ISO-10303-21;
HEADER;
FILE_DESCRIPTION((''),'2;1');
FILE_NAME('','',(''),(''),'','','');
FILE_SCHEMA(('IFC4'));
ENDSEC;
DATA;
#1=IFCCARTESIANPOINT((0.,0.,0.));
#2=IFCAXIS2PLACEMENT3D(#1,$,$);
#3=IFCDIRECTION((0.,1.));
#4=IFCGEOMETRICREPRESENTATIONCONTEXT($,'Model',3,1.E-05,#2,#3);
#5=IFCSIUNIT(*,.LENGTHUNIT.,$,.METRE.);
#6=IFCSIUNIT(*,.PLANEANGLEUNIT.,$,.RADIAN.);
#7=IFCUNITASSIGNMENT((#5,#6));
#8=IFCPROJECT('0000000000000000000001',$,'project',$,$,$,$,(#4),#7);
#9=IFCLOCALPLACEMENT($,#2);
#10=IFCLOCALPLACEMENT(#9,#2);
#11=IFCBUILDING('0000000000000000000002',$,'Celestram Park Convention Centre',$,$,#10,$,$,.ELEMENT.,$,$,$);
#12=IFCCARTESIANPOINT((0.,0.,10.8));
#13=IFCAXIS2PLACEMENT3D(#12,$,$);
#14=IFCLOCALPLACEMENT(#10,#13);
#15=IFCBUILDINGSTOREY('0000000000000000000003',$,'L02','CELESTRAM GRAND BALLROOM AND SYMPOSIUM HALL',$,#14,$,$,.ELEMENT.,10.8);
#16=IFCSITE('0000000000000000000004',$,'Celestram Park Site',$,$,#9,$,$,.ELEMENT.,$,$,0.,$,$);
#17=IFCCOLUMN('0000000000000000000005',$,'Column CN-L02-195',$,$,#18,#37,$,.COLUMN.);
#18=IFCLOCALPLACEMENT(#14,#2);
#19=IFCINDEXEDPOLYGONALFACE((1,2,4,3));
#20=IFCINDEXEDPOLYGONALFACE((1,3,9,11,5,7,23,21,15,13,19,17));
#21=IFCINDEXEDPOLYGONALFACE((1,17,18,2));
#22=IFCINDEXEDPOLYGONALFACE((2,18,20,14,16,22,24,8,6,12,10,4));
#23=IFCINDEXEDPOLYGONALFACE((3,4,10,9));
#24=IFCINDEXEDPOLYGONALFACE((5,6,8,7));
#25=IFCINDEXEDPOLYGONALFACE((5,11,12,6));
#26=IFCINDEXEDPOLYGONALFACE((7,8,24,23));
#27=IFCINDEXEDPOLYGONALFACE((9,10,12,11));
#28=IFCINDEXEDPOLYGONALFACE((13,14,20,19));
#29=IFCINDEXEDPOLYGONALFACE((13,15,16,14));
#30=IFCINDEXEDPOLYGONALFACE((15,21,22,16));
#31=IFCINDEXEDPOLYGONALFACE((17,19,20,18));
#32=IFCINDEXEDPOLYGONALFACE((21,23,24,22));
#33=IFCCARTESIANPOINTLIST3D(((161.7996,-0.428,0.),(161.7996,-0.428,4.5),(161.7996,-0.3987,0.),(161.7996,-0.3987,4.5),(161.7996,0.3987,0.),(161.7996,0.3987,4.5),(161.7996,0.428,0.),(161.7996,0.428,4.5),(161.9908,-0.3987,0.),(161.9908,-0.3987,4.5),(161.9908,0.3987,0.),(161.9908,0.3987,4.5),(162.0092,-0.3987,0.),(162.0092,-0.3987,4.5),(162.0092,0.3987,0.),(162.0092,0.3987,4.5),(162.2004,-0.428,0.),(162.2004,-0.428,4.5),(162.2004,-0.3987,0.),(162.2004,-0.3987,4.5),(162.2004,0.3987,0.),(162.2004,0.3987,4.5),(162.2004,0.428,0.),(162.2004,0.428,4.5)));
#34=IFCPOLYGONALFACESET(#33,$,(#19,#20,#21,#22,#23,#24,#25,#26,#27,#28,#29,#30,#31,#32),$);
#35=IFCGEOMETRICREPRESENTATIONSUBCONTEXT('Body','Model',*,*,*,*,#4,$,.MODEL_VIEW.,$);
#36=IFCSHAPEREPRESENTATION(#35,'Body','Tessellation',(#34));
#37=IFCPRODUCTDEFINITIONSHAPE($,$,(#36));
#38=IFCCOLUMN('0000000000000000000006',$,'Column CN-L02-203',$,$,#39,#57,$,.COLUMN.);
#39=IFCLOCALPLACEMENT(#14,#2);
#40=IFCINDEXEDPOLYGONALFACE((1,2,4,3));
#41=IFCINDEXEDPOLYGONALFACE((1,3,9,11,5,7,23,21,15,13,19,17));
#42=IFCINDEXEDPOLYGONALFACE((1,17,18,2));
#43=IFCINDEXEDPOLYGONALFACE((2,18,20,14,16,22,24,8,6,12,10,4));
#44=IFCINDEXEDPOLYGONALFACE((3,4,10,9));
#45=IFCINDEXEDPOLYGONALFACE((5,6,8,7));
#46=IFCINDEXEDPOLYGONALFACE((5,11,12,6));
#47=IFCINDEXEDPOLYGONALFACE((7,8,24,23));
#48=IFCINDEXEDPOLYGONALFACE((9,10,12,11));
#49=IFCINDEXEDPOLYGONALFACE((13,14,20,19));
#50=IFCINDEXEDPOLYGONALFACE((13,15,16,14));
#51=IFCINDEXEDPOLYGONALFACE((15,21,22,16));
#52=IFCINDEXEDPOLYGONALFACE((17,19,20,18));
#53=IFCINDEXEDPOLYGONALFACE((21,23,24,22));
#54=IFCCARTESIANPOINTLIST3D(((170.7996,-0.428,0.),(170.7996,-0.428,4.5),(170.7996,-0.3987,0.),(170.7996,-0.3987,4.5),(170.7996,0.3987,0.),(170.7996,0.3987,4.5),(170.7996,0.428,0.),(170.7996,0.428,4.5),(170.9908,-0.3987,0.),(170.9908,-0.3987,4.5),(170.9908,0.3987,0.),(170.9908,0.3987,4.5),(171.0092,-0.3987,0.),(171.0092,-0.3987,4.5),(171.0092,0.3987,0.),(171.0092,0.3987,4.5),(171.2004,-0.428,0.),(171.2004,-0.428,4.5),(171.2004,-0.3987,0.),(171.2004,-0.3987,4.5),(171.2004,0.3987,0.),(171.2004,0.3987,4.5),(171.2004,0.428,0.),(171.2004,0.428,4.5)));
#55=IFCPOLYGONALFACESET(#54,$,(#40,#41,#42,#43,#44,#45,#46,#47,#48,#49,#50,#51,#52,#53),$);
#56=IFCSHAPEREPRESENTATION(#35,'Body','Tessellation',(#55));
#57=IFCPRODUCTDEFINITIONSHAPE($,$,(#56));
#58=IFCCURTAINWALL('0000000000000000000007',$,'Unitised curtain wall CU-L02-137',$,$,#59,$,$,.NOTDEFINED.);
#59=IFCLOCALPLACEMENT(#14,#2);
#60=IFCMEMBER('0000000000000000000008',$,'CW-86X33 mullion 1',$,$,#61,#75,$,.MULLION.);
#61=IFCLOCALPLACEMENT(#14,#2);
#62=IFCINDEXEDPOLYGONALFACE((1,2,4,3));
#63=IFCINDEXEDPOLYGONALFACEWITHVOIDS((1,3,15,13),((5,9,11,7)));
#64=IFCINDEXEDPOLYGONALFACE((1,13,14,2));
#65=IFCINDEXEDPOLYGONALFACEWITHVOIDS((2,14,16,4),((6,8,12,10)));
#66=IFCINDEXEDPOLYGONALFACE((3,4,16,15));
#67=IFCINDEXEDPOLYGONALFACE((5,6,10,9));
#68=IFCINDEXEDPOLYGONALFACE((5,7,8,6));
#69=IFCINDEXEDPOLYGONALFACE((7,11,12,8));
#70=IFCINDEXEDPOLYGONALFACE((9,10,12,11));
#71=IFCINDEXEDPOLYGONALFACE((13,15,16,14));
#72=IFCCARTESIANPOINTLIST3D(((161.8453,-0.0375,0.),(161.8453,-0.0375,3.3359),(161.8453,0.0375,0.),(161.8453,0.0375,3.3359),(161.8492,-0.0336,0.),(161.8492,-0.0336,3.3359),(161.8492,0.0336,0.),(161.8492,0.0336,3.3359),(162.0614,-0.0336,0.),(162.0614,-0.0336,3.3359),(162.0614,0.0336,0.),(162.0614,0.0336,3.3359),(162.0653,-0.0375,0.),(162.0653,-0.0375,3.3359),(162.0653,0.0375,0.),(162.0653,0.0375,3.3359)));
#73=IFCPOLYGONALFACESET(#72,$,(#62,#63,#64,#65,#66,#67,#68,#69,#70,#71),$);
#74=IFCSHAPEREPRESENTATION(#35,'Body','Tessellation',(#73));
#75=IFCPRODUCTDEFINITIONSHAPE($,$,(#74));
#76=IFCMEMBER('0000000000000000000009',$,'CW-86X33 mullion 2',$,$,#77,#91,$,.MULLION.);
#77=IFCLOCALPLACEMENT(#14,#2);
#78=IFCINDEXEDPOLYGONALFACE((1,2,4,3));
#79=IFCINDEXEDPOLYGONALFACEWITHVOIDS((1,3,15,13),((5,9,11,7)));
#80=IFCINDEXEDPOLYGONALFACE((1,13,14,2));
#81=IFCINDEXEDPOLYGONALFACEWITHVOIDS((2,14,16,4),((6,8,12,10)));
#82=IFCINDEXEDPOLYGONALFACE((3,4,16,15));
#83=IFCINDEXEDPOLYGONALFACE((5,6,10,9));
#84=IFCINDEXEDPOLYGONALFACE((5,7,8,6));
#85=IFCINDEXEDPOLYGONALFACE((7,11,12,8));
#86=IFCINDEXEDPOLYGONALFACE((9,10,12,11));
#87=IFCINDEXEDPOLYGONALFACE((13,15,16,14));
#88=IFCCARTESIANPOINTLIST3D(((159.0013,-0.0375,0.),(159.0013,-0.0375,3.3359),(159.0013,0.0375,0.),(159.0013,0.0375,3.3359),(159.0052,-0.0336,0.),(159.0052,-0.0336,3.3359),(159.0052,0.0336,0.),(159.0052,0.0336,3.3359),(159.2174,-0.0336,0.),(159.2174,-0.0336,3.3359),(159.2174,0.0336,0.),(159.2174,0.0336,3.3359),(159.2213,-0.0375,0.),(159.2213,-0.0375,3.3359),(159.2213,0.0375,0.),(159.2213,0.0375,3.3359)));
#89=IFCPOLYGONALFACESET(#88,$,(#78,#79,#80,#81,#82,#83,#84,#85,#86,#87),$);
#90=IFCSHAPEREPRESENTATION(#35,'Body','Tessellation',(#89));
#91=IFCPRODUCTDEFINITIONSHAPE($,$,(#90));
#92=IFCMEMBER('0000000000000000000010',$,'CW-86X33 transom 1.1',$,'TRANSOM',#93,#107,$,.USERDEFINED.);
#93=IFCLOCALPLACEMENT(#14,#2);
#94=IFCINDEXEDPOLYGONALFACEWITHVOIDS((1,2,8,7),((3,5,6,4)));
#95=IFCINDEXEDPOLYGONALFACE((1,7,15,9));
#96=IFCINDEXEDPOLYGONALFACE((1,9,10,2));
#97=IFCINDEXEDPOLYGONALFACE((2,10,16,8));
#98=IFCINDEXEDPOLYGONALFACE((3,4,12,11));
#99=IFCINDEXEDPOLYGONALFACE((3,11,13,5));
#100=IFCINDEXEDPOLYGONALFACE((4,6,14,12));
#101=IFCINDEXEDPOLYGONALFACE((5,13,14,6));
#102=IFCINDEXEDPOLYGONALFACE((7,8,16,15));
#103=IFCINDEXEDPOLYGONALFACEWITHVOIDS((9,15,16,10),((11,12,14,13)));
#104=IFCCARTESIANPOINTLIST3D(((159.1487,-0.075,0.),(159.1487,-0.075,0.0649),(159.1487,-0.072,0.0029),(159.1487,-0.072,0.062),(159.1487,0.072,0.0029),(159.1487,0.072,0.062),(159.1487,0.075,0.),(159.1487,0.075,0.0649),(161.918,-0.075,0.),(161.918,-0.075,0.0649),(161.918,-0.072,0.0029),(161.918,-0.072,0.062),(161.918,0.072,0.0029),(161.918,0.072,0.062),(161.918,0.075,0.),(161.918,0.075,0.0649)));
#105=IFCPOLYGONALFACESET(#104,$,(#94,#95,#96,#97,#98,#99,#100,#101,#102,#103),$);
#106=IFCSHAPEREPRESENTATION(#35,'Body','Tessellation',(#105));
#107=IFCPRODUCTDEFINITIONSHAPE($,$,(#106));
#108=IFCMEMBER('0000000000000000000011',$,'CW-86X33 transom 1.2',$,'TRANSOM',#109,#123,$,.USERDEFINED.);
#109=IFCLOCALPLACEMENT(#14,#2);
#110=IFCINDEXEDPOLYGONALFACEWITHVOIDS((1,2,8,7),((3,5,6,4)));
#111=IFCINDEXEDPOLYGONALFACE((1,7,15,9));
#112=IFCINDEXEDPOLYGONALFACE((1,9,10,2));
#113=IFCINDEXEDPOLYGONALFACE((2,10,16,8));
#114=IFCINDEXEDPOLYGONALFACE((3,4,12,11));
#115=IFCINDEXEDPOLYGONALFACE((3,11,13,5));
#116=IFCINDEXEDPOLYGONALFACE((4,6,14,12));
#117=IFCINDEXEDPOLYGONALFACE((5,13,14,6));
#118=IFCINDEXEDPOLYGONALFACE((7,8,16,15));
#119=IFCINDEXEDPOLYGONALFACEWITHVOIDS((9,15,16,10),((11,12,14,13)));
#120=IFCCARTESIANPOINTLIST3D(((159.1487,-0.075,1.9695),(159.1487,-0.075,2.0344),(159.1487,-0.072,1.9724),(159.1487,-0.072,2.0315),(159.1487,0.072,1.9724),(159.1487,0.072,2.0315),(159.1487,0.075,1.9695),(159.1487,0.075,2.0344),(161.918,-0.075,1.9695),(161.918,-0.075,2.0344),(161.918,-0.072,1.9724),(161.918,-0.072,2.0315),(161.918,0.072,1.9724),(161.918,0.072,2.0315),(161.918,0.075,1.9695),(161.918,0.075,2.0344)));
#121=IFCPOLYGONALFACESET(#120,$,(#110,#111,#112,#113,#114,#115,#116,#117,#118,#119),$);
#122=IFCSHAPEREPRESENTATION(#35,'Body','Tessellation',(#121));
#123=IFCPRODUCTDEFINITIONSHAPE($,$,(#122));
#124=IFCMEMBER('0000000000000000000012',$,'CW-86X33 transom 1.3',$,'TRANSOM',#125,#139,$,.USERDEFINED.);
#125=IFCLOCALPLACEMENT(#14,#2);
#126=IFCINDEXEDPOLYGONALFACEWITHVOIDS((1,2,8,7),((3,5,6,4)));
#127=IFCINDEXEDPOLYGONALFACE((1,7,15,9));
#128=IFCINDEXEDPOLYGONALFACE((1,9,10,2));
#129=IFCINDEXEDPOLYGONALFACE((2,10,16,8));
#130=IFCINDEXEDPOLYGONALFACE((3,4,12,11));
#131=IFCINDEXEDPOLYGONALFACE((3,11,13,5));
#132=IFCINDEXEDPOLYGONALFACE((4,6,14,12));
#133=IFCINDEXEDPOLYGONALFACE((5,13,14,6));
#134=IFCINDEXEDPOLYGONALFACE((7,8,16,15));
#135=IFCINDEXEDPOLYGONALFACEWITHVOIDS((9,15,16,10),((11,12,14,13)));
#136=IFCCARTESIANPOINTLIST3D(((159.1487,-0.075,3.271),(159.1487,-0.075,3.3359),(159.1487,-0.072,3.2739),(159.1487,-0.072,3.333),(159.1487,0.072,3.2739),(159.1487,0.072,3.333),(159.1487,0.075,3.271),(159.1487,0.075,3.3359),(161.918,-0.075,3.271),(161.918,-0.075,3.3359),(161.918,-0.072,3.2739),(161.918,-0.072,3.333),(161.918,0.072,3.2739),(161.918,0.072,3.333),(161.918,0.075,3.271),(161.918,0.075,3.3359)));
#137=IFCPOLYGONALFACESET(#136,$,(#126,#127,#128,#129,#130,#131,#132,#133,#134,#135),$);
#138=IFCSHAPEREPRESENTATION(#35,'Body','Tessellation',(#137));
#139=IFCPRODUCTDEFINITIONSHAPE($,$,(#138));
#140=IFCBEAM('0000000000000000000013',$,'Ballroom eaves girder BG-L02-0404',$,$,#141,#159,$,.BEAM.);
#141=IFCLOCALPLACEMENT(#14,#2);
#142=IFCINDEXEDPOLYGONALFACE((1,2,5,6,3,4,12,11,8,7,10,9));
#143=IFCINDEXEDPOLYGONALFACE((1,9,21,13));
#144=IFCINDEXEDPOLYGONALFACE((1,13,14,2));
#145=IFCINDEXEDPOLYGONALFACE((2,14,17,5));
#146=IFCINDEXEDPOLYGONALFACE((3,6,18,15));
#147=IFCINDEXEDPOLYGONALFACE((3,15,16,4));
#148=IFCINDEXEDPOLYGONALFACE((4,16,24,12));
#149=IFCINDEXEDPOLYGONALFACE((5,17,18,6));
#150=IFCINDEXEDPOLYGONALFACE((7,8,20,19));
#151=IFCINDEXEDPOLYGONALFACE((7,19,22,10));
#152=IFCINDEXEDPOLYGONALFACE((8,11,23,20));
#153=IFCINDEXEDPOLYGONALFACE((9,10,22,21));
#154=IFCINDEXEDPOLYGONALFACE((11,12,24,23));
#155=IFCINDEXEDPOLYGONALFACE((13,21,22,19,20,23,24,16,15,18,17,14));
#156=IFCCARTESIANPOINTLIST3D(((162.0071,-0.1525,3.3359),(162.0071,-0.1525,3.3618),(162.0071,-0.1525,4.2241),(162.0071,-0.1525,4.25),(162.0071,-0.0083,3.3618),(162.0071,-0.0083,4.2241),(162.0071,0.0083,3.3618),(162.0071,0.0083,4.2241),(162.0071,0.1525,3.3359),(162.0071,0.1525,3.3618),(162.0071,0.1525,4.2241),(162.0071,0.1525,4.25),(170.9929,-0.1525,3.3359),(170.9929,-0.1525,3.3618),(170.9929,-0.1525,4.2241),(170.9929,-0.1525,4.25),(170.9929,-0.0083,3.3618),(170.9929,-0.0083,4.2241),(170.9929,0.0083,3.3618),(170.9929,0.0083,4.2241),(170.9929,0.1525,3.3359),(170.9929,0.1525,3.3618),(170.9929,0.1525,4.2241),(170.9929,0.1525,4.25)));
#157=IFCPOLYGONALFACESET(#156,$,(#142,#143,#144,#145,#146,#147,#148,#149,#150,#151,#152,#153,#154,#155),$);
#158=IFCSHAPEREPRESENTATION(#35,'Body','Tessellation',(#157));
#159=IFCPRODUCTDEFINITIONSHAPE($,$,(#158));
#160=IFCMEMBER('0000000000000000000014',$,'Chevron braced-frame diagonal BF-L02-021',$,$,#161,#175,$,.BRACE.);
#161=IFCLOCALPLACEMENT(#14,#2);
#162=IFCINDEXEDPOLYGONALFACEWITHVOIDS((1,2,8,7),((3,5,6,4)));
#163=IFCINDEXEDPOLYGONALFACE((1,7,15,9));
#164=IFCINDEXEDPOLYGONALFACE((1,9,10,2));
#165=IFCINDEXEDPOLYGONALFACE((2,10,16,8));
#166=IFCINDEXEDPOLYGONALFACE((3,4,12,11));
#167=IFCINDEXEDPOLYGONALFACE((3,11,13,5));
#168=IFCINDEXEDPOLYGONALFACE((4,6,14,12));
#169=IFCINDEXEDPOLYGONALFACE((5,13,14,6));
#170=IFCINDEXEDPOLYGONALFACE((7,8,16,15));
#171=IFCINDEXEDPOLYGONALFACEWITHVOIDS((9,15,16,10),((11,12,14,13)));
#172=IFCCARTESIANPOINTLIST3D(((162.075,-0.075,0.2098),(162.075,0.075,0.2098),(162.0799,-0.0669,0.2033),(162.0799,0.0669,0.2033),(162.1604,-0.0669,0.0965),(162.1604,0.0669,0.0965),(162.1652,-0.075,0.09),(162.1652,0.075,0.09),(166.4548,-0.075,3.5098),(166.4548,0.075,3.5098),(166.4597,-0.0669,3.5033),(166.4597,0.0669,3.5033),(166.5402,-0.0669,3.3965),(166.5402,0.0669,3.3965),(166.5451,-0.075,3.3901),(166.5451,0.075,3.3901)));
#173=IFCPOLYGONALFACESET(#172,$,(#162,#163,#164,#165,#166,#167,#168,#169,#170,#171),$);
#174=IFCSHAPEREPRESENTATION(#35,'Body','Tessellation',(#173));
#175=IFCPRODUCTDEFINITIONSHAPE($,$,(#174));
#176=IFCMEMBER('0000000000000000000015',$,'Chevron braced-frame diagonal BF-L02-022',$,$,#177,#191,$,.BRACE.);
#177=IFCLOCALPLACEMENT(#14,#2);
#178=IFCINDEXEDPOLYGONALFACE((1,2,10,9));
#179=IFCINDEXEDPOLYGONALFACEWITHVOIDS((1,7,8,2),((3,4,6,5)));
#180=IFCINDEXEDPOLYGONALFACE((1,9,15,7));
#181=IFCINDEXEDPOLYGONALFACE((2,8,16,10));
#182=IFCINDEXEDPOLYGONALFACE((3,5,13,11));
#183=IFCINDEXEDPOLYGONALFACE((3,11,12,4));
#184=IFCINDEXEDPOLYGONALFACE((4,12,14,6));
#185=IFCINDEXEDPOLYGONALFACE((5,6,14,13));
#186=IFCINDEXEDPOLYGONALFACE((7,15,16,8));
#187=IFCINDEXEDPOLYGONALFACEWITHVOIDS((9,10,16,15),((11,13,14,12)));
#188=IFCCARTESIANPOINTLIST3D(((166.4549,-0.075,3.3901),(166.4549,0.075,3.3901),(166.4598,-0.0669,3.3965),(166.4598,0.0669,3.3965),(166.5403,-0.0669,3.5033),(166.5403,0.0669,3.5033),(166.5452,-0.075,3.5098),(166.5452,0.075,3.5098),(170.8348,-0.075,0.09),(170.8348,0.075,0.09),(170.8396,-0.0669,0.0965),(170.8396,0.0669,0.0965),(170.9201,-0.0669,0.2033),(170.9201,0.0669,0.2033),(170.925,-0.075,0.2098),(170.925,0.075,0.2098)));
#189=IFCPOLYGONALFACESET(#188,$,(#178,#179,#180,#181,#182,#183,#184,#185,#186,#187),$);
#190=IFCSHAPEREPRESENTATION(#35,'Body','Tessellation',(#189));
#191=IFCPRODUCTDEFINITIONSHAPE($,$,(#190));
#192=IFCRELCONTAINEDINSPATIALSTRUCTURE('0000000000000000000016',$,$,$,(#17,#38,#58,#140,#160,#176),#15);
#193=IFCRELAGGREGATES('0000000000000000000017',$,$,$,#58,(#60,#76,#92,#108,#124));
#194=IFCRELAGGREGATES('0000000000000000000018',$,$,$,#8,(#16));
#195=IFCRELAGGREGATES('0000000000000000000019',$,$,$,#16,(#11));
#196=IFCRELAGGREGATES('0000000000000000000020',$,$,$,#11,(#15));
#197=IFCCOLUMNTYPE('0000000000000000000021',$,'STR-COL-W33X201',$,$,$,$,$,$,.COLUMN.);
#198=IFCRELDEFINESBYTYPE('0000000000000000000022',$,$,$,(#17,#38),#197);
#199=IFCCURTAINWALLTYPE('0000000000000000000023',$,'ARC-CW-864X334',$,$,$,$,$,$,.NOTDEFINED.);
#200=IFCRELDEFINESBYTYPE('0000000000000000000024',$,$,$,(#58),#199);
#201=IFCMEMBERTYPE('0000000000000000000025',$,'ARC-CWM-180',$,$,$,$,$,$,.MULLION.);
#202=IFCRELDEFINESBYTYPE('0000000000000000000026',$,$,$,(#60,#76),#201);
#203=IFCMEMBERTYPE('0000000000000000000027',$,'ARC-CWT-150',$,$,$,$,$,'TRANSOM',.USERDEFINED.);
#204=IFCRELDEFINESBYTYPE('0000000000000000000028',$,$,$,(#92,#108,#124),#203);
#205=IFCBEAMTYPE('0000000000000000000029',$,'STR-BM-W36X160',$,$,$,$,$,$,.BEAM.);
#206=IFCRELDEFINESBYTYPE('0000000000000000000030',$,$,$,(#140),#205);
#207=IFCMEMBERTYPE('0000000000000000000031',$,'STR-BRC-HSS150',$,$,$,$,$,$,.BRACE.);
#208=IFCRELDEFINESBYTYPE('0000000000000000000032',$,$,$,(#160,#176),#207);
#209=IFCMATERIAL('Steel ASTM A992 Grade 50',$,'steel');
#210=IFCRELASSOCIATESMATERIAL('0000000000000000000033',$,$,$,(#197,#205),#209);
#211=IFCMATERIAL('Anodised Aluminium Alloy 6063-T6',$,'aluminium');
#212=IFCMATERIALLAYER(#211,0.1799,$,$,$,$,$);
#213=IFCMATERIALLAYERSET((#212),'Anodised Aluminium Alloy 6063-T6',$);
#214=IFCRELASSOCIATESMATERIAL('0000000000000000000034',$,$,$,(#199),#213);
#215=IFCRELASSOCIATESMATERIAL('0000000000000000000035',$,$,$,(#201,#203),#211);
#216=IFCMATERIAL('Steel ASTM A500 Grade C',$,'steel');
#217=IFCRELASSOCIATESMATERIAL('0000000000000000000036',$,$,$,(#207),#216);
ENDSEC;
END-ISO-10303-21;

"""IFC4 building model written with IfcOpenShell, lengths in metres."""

from ifc_helpers import new_model, si_unit, direction, frame, origin, origin_2d, place, context, subcontext, project, spatial, hollow_rectangle, i_section, extrude, material, layer, layer_set, material_profile, profile_set, type_object, element, aggregate, save


model = new_model("IFC4")

# Units and contexts
model_context = context("Model", 3, precision=1e-05, world=origin(), true_north=direction((0.0, 1.0)))
body_context = subcontext(model_context, "Body", "Model", "MODEL_VIEW")
ifc_project = project(units=[si_unit("LENGTHUNIT", "METRE"), si_unit("PLANEANGLEUNIT", "RADIAN")], contexts=[model_context])

# Site, building, storey
site_placement = place(None, origin())
site = spatial("IfcSite", under=ifc_project, at=site_placement, Name="Celestram Park Site", CompositionType="ELEMENT", RefElevation=0.0)
building_placement = place(site_placement, origin())
building = spatial("IfcBuilding", under=site, at=building_placement, Name="Celestram Park Convention Centre", CompositionType="ELEMENT")
storey_placement = place(building_placement, frame((0.0, 0.0, 10.8)))
storey = spatial("IfcBuildingStorey", under=building, at=storey_placement, Name="L02", Description="CELESTRAM GRAND BALLROOM AND SYMPOSIUM HALL", CompositionType="ELEMENT", Elevation=10.8)

# Columns
ifc_material_1 = material(Name="Steel ASTM A992 Grade 50", Category="steel")
ifc_material_profile_1 = material_profile(ifc_material_1, i_section(OverallWidth=0.4009, OverallDepth=0.856, WebThickness=0.0183, FlangeThickness=0.0293, at=origin_2d()), Name="W33X201")
ifc_profile_set_1 = profile_set([ifc_material_profile_1], Name="Steel ASTM A992 Grade 50")
column_type = type_object("IfcColumnType", Name="STR-COL-W33X201", PredefinedType="COLUMN", material=ifc_profile_set_1)
for number, where, z_axis, x_axis, name in (
    (1, (162.0, 0.0, 0.0), (0.0, 0.0, 1.0), (1.0, 0.0, 0.0), "Column CN-L02-195"),
    (2, (171.0, 0.0, 0.0), (0.0, 0.0, 1.0), (1.0, 0.0, 0.0), "Column CN-L02-203"),
):
    element("IfcColumn", number, at=place(storey_placement, frame(where, z_axis=z_axis, x_axis=x_axis)), inside=storey, type_object=column_type, Name=name, PredefinedType="COLUMN", context=body_context, shape_type="SweptSolid", body=[
        extrude(i_section(OverallWidth=0.4009, OverallDepth=0.856, WebThickness=0.0183, FlangeThickness=0.0293, at=origin_2d()), origin(), (0.0, 0.0, 1.0), 4.5),
    ])

# Curtain wall, members
ifc_material_2 = material(Name="Anodised Aluminium Alloy 6063-T6", Category="aluminium")
ifc_layer_1 = layer(ifc_material_2, 0.1799)
ifc_layer_set_1 = layer_set([ifc_layer_1], Name="Anodised Aluminium Alloy 6063-T6")
curtain_wall_type = type_object("IfcCurtainWallType", Name="ARC-CW-864X334", PredefinedType="NOTDEFINED", material=ifc_layer_set_1)
curtain_wall_placement = place(storey_placement, origin())
curtain_wall = element("IfcCurtainWall", 3, at=curtain_wall_placement, inside=storey, type_object=curtain_wall_type, Name="Unitised curtain wall CU-L02-137", PredefinedType="NOTDEFINED")
ifc_material_profile_2 = material_profile(ifc_material_2, hollow_rectangle(XDim=0.075, YDim=0.22, WallThickness=0.0039, at=origin_2d()), Name="ALU75X220X4")
ifc_profile_set_2 = profile_set([ifc_material_profile_2], Name="Anodised Aluminium Alloy 6063-T6")
member_type_1 = type_object("IfcMemberType", Name="ARC-CWM-180", PredefinedType="MULLION", material=ifc_profile_set_2)
member_1_placement = place(storey_placement, frame((161.9553, 0.0, 0.0), z_axis=(0.0, 0.0, 1.0), x_axis=(0.0, -1.0, 0.0)))
member_1 = element("IfcMember", 4, at=member_1_placement, type_object=member_type_1, Name="CW-86X33 mullion 1", PredefinedType="MULLION", context=body_context, shape_type="SweptSolid", body=[
    extrude(hollow_rectangle(XDim=0.075, YDim=0.22, WallThickness=0.0039, at=origin_2d()), origin(), (0.0, 0.0, 1.0), 3.3359),
])
member_2_placement = place(storey_placement, frame((159.1113, 0.0, 0.0), z_axis=(0.0, 0.0, 1.0), x_axis=(0.0, -1.0, 0.0)))
member_2 = element("IfcMember", 5, at=member_2_placement, type_object=member_type_1, Name="CW-86X33 mullion 2", PredefinedType="MULLION", context=body_context, shape_type="SweptSolid", body=[
    extrude(hollow_rectangle(XDim=0.075, YDim=0.22, WallThickness=0.0039, at=origin_2d()), origin(), (0.0, 0.0, 1.0), 3.3359),
])
ifc_material_profile_3 = material_profile(ifc_material_2, hollow_rectangle(XDim=0.1499, YDim=0.0649, WallThickness=0.0029, at=origin_2d()), Name="ALU150X65X3")
ifc_profile_set_3 = profile_set([ifc_material_profile_3], Name="Anodised Aluminium Alloy 6063-T6")
member_type_2 = type_object("IfcMemberType", Name="ARC-CWT-150", ElementType="TRANSOM", PredefinedType="USERDEFINED", material=ifc_profile_set_3)
member_3_placement = place(storey_placement, frame((161.918, 0.0, 0.0325), z_axis=(-1.0, 0.0, 0.0), x_axis=(0.0, -1.0, 0.0)))
member_3 = element("IfcMember", 6, at=member_3_placement, type_object=member_type_2, Name="CW-86X33 transom 1.1", ObjectType="TRANSOM", PredefinedType="USERDEFINED", context=body_context, shape_type="SweptSolid", body=[
    extrude(hollow_rectangle(XDim=0.1499, YDim=0.0649, WallThickness=0.0029, at=origin_2d()), origin(), (0.0, 0.0, 1.0), 2.7693),
])
member_4_placement = place(storey_placement, frame((161.918, 0.0, 2.002), z_axis=(-1.0, 0.0, 0.0), x_axis=(0.0, -1.0, 0.0)))
member_4 = element("IfcMember", 7, at=member_4_placement, type_object=member_type_2, Name="CW-86X33 transom 1.2", ObjectType="TRANSOM", PredefinedType="USERDEFINED", context=body_context, shape_type="SweptSolid", body=[
    extrude(hollow_rectangle(XDim=0.1499, YDim=0.0649, WallThickness=0.0029, at=origin_2d()), origin(), (0.0, 0.0, 1.0), 2.7693),
])
member_5_placement = place(storey_placement, frame((161.918, 0.0, 3.3035), z_axis=(-1.0, 0.0, 0.0), x_axis=(0.0, -1.0, 0.0)))
member_5 = element("IfcMember", 8, at=member_5_placement, type_object=member_type_2, Name="CW-86X33 transom 1.3", ObjectType="TRANSOM", PredefinedType="USERDEFINED", context=body_context, shape_type="SweptSolid", body=[
    extrude(hollow_rectangle(XDim=0.1499, YDim=0.0649, WallThickness=0.0029, at=origin_2d()), origin(), (0.0, 0.0, 1.0), 2.7693),
])

# Beam
ifc_material_profile_4 = material_profile(ifc_material_1, i_section(OverallWidth=0.3049, OverallDepth=0.9141, WebThickness=0.0166, FlangeThickness=0.0259, at=origin_2d()), Name="W36X160")
ifc_profile_set_4 = profile_set([ifc_material_profile_4], Name="Steel ASTM A992 Grade 50")
beam_type_1 = type_object("IfcBeamType", Name="STR-BM-W36X160", PredefinedType="BEAM", material=ifc_profile_set_4)
beam_1_placement = place(storey_placement, frame((162.0071, 0.0, 3.793), z_axis=(1.0, 0.0, 0.0), x_axis=(0.0, 1.0, 0.0)))
element("IfcBeam", 9, at=beam_1_placement, inside=storey, type_object=beam_type_1, Name="Ballroom eaves girder BG-L02-0404", PredefinedType="BEAM", context=body_context, shape_type="SweptSolid", body=[
    extrude(i_section(OverallWidth=0.3049, OverallDepth=0.9141, WebThickness=0.0166, FlangeThickness=0.0259, at=origin_2d()), origin(), (0.0, 0.0, 1.0), 8.9858),
])

# Members
ifc_material_3 = material(Name="Steel ASTM A500 Grade C", Category="steel")
ifc_material_profile_5 = material_profile(ifc_material_3, hollow_rectangle(XDim=0.1499, YDim=0.1499, WallThickness=0.0081, at=origin_2d()), Name="HSS150X150X8")
ifc_profile_set_5 = profile_set([ifc_material_profile_5], Name="Steel ASTM A500 Grade C")
member_type_3 = type_object("IfcMemberType", Name="STR-BRC-HSS150", PredefinedType="BRACE", material=ifc_profile_set_5)
for number, where, z_axis, x_axis, name in (
    (10, (162.1201, 0.0, 0.1499), (0.798673, 0.0, 0.601765), (0.0, 1.0, 0.0), "Chevron braced-frame diagonal BF-L02-021"),
    (11, (170.8799, 0.0, 0.1499), (-0.798673, 0.0, 0.601765), (0.0, -1.0, 0.0), "Chevron braced-frame diagonal BF-L02-022"),
):
    element("IfcMember", number, at=place(storey_placement, frame(where, z_axis=z_axis, x_axis=x_axis)), inside=storey, type_object=member_type_3, Name=name, PredefinedType="BRACE", context=body_context, shape_type="SweptSolid", body=[
        extrude(hollow_rectangle(XDim=0.1499, YDim=0.1499, WallThickness=0.0081, at=origin_2d()), origin(), (0.0, 0.0, 1.0), 5.4839),
    ])

aggregate(curtain_wall, [member_1, member_2, member_3, member_4, member_5])

save(model, "model.ifc")
